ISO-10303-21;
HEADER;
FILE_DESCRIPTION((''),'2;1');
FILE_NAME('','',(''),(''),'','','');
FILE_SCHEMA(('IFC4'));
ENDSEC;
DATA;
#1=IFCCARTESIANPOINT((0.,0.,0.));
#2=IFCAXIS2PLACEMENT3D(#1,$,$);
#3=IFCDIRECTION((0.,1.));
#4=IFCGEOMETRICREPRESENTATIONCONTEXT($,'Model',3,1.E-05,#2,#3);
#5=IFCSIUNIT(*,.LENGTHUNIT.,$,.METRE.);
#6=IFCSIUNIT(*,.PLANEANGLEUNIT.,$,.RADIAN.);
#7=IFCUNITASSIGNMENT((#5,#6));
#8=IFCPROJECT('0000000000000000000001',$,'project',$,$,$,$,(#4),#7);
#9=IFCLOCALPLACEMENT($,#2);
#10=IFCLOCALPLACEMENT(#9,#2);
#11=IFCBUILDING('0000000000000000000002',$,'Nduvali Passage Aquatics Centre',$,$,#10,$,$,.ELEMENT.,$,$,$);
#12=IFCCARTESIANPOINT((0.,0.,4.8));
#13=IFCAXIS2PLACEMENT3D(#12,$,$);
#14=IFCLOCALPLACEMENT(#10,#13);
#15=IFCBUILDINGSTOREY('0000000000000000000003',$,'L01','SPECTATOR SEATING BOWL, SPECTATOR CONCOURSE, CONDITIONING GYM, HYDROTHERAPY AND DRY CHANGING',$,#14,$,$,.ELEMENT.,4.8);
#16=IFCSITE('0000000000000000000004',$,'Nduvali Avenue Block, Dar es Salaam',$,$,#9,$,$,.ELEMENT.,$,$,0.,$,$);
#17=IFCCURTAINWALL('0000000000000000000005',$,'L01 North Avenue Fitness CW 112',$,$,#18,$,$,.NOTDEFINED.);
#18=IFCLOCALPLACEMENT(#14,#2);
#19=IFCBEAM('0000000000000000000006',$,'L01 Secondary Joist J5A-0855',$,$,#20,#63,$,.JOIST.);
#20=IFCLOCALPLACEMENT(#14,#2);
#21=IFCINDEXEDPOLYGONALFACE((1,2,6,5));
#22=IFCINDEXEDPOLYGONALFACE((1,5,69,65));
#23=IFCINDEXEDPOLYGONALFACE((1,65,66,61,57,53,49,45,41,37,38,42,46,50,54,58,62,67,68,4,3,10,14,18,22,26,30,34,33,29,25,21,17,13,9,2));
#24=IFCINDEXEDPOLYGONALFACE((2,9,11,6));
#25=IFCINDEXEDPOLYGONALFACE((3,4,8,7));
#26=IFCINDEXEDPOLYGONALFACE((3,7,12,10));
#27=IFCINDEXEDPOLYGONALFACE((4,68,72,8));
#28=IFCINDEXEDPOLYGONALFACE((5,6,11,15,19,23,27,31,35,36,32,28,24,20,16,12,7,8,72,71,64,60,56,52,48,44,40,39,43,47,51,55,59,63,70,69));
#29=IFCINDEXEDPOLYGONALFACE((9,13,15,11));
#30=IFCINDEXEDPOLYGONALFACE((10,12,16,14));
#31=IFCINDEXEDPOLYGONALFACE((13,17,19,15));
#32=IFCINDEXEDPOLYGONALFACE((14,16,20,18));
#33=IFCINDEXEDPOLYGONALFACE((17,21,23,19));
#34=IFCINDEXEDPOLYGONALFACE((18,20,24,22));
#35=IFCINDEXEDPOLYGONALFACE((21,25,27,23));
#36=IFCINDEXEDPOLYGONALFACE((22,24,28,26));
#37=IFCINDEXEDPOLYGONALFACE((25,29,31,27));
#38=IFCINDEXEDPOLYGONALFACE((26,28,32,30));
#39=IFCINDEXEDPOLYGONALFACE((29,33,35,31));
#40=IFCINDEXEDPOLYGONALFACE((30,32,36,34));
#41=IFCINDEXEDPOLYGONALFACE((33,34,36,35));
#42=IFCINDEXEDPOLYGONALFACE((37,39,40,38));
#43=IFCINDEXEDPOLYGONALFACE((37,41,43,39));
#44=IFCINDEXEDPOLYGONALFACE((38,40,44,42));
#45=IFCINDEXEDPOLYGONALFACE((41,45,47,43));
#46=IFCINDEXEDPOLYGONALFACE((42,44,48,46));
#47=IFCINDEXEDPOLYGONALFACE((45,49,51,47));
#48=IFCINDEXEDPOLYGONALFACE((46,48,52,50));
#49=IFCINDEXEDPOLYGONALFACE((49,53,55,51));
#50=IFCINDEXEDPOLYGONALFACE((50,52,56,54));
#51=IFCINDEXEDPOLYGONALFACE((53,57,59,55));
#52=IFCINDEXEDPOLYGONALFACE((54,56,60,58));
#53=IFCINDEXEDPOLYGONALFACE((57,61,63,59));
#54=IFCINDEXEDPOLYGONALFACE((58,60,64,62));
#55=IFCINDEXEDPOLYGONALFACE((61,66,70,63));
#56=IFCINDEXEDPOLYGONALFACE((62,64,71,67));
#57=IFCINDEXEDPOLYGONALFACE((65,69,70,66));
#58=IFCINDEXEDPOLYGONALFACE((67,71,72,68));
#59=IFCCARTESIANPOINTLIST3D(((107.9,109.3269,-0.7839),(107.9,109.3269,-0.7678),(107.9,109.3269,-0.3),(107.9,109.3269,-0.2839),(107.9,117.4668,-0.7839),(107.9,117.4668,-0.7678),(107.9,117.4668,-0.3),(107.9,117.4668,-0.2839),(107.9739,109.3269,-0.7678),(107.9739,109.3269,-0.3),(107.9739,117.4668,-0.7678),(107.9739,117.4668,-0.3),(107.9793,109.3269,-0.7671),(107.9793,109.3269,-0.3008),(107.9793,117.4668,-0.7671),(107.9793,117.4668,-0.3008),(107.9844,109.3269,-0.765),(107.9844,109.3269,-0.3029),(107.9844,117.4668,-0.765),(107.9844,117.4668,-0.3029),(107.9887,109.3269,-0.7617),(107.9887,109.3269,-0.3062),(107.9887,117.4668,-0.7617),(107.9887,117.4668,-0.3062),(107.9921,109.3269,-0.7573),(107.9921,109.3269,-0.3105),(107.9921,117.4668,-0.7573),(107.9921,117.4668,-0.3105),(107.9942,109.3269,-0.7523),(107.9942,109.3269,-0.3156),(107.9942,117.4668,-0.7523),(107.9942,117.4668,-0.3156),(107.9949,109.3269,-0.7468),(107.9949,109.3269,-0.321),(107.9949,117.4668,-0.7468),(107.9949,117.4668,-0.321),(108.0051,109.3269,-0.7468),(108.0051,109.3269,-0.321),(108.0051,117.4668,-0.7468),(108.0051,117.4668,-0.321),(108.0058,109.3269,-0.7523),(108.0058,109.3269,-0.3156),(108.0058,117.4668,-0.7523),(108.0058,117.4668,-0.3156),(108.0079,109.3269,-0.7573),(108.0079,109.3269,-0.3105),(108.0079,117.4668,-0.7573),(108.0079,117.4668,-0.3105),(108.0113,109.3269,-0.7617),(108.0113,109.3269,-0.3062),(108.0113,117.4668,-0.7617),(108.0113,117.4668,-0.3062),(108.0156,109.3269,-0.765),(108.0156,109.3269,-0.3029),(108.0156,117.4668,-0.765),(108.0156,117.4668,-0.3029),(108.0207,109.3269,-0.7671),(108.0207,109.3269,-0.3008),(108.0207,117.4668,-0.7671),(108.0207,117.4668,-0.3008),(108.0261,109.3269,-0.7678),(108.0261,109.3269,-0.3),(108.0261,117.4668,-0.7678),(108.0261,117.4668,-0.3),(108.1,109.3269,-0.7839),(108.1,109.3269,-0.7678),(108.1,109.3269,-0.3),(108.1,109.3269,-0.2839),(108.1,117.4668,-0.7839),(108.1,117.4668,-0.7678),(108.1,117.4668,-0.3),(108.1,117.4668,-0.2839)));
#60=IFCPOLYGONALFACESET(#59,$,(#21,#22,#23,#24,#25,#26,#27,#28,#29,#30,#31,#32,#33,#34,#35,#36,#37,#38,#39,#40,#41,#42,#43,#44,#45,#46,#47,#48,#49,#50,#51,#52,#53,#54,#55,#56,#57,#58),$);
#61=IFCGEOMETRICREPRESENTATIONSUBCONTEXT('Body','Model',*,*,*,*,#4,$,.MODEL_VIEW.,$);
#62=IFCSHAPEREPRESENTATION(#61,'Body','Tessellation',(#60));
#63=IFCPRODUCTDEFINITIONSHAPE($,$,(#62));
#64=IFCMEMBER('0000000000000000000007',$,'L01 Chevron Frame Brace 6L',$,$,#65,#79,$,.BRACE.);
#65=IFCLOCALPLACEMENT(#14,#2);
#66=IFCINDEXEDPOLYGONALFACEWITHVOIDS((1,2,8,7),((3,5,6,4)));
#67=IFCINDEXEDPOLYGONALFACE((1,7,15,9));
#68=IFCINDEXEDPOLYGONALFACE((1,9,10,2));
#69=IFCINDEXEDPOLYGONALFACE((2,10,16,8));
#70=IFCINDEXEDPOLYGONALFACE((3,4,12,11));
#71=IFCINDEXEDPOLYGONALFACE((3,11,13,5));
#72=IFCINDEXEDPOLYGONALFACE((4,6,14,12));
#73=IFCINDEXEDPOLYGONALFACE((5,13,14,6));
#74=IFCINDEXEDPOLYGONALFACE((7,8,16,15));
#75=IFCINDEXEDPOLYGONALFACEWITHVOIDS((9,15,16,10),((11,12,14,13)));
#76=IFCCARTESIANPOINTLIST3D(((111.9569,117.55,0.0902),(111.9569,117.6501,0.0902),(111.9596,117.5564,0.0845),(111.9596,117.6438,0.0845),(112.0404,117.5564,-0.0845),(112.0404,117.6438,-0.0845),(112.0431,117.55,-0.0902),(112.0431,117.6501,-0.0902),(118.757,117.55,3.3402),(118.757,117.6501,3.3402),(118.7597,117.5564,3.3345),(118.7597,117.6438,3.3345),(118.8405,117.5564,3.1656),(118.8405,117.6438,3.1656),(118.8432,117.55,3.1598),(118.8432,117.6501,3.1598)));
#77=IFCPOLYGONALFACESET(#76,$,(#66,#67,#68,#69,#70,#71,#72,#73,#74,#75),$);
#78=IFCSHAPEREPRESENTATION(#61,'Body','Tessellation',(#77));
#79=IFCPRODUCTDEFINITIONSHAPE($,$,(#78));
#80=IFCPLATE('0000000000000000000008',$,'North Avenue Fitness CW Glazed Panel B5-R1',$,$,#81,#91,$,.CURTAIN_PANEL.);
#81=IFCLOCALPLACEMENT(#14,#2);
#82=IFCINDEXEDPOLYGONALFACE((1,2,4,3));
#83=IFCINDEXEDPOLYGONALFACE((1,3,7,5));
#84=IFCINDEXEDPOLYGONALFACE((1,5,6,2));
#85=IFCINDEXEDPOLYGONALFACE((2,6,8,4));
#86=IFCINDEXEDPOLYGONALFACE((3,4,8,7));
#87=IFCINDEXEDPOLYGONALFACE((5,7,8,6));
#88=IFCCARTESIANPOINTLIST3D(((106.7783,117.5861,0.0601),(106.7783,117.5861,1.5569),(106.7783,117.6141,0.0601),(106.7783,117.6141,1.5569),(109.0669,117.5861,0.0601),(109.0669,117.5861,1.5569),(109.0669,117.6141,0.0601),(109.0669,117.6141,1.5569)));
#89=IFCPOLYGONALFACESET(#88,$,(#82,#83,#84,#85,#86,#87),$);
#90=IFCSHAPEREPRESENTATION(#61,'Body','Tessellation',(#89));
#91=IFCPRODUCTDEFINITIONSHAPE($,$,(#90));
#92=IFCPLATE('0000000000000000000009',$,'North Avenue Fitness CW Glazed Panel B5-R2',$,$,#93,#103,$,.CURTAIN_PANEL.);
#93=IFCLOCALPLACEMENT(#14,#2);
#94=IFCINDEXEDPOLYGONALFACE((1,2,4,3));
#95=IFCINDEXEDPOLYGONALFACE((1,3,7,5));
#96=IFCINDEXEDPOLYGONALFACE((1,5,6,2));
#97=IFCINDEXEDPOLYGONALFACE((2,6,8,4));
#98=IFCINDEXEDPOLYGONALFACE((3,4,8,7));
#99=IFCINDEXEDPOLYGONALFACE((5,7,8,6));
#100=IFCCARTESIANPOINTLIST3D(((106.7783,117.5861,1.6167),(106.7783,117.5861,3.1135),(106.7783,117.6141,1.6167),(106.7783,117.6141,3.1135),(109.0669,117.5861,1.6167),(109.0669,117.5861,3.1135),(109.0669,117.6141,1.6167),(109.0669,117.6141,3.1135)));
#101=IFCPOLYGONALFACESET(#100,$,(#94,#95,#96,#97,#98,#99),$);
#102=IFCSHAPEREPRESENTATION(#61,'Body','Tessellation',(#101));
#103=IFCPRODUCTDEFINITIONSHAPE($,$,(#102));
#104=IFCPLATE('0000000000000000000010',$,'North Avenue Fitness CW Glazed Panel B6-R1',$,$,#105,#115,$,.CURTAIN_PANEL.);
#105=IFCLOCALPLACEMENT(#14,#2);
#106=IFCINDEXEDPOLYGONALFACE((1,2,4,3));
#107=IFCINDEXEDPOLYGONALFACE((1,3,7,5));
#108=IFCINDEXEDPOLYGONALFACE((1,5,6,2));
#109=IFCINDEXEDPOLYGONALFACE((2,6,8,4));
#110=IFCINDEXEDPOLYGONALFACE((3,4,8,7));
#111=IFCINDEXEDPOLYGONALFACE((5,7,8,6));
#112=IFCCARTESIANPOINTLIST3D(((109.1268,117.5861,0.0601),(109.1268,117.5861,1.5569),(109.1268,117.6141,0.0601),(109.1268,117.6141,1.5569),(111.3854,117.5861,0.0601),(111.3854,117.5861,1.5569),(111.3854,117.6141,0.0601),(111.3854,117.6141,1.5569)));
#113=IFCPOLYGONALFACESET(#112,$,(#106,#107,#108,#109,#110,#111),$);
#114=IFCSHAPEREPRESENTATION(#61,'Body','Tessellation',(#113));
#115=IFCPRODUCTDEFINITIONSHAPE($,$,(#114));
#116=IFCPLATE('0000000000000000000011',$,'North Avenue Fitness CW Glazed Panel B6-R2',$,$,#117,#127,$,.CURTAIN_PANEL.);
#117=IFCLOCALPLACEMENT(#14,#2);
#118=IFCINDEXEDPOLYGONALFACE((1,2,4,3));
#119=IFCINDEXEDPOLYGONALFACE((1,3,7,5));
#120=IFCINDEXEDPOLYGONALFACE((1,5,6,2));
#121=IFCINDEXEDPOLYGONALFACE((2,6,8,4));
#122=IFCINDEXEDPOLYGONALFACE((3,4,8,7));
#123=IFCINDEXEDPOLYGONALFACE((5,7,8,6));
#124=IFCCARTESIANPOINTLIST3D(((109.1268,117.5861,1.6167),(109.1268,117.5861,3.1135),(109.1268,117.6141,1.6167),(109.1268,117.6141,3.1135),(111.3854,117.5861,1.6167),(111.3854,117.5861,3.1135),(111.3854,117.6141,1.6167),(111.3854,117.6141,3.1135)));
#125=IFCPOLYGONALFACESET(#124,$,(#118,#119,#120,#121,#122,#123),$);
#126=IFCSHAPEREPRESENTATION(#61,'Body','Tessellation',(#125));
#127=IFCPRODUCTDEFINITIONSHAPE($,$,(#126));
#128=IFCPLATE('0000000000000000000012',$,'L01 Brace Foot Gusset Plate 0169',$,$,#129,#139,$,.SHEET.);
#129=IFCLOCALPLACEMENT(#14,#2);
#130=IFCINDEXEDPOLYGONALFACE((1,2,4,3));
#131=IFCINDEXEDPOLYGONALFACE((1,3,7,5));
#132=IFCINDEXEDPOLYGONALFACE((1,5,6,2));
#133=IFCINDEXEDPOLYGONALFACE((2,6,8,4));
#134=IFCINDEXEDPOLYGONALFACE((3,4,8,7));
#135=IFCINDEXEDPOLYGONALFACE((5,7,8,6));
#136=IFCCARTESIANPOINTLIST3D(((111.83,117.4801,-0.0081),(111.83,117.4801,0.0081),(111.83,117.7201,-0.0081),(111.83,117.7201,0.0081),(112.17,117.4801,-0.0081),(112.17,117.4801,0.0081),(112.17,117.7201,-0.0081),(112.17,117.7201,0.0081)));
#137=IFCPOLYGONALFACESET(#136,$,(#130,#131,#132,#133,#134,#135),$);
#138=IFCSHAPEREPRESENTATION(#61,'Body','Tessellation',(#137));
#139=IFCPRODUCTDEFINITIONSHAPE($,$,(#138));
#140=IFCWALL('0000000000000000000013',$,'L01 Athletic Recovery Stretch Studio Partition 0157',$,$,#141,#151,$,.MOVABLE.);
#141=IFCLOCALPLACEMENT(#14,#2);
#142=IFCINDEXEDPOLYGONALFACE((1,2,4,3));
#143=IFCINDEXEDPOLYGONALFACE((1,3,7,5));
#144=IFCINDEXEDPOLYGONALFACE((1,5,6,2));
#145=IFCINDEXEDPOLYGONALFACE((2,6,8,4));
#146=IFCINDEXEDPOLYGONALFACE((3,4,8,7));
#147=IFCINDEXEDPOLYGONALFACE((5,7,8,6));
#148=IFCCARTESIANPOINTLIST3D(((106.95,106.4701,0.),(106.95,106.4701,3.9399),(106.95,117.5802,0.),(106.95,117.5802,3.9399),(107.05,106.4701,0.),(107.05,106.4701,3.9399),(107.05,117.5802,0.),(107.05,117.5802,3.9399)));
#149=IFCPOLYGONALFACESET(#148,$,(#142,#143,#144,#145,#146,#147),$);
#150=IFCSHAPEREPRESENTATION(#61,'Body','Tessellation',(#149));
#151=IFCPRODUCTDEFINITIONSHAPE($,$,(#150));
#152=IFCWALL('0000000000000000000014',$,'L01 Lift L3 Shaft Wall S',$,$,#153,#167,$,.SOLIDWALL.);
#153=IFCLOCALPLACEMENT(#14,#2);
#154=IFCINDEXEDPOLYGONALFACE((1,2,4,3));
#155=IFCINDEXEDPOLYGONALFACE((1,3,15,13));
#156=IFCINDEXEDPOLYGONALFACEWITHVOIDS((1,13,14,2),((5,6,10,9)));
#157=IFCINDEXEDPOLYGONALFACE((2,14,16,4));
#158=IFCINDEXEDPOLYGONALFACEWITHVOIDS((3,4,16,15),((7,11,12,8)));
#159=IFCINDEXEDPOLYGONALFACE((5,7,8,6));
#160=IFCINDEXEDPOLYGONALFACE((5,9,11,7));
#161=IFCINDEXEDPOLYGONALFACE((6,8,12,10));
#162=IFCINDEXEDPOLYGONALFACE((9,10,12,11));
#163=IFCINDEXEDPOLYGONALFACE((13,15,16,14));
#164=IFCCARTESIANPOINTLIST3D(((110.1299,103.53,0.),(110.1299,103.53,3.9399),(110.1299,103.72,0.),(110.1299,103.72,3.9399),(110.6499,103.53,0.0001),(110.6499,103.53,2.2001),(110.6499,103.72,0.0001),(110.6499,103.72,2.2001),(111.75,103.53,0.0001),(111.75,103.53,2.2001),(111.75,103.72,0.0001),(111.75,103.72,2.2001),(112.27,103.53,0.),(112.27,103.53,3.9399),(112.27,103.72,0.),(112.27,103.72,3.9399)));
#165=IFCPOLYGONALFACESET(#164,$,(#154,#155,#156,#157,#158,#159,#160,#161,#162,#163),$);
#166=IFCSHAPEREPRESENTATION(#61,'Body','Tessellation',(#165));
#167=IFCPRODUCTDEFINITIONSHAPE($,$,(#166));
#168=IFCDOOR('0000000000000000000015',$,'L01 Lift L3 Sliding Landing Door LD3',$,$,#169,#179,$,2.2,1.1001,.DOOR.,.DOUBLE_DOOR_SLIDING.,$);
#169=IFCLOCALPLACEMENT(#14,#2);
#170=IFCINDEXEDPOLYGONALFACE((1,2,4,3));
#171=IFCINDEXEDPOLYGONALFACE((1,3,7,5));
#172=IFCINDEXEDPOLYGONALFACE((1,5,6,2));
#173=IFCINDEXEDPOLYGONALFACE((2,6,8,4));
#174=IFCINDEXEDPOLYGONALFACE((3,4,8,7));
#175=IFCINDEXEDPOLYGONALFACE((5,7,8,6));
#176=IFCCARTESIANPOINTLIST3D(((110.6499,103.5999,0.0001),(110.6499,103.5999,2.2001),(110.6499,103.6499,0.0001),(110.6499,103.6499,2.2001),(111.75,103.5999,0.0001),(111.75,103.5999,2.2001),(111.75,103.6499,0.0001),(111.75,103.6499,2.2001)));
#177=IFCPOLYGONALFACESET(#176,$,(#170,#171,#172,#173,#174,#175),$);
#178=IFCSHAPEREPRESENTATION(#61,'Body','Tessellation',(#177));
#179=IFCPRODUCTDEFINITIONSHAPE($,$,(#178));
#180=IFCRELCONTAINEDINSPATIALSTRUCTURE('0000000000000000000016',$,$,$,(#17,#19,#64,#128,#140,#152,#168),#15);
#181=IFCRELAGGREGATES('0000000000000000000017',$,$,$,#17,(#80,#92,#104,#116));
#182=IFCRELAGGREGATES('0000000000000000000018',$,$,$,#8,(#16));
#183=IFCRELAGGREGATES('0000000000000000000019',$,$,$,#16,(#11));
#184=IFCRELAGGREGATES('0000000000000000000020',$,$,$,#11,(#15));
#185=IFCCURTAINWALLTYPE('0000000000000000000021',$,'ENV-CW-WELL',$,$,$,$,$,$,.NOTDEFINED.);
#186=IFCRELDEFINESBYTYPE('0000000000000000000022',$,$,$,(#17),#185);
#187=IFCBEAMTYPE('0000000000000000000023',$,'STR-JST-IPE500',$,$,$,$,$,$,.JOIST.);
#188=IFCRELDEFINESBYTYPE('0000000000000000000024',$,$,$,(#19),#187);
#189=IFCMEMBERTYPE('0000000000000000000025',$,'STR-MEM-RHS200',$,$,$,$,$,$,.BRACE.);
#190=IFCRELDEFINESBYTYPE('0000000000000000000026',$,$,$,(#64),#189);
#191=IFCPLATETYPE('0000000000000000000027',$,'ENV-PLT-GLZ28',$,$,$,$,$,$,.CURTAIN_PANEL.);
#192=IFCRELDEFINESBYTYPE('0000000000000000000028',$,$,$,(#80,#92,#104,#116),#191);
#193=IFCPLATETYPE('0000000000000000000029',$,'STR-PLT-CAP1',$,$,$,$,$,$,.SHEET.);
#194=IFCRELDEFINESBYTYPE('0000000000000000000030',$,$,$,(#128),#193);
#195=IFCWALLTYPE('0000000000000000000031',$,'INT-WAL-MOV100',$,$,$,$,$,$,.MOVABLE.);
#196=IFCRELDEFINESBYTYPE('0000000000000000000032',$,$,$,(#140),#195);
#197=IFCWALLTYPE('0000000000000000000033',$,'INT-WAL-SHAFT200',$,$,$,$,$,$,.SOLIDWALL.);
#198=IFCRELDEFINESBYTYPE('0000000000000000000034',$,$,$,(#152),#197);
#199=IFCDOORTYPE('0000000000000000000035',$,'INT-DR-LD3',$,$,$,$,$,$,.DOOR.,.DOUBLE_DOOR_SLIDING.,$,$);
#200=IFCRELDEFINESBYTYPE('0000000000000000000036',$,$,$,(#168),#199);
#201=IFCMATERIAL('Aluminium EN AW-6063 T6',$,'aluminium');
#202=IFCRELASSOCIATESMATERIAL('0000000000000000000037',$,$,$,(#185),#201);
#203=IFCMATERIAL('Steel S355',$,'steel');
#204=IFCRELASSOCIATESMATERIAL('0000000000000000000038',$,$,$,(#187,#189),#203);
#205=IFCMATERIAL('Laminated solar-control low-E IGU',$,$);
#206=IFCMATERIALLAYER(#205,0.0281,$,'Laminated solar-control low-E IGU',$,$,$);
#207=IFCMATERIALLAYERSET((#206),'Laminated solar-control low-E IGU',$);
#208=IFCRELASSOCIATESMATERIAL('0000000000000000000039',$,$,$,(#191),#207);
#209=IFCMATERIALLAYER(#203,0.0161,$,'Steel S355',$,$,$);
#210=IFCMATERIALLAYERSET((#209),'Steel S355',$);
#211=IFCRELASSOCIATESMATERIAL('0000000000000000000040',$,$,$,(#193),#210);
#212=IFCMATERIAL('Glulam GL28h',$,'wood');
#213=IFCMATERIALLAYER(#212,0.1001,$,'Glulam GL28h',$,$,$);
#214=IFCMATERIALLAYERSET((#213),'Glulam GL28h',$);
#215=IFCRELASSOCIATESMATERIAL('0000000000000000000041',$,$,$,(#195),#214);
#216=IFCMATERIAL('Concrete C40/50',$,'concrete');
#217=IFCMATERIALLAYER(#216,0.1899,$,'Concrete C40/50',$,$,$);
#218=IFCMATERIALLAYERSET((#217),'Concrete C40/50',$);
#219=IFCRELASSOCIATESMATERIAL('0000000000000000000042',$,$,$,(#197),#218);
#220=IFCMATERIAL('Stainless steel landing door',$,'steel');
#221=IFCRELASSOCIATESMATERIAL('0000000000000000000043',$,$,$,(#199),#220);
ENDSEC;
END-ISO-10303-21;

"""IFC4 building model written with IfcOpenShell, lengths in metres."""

from ifc_helpers import new_model, si_unit, direction, frame, frame_2d, origin, origin_2d, place, context, subcontext, project, spatial, rectangle, hollow_rectangle, i_section, extrude, material, layer, layer_set, material_profile, profile_set, type_object, element, fill, aggregate, save


model = new_model("IFC4")

# Units and contexts
model_context = context("Model", 3, precision=1e-05, world=origin(), true_north=direction((0.0, 1.0)))
body_context = subcontext(model_context, "Body", "Model", "MODEL_VIEW")
ifc_project = project(units=[si_unit("LENGTHUNIT", "METRE"), si_unit("PLANEANGLEUNIT", "RADIAN")], contexts=[model_context])

# Site, building, storey
site_placement = place(None, origin())
site = spatial("IfcSite", under=ifc_project, at=site_placement, Name="Nduvali Avenue Block, Dar es Salaam", CompositionType="ELEMENT", RefElevation=0.0)
building_placement = place(site_placement, origin())
building = spatial("IfcBuilding", under=site, at=building_placement, Name="Nduvali Passage Aquatics Centre", CompositionType="ELEMENT")
storey_placement = place(building_placement, frame((0.0, 0.0, 4.8)))
storey = spatial("IfcBuildingStorey", under=building, at=storey_placement, Name="L01", Description="SPECTATOR SEATING BOWL, SPECTATOR CONCOURSE, CONDITIONING GYM, HYDROTHERAPY AND DRY CHANGING", CompositionType="ELEMENT", Elevation=4.8)

# Shared definitions
ifc_material_1 = material(Name="Steel S355", Category="steel")

# Curtain wall
ifc_material_2 = material(Name="Aluminium EN AW-6063 T6", Category="aluminium")
curtain_wall_type = type_object("IfcCurtainWallType", Name="ENV-CW-WELL", PredefinedType="NOTDEFINED", material=ifc_material_2)
curtain_wall_placement = place(storey_placement, origin())
curtain_wall = element("IfcCurtainWall", 1, at=curtain_wall_placement, inside=storey, type_object=curtain_wall_type, Name="L01 North Avenue Fitness CW 112", PredefinedType="NOTDEFINED")

# Beam
ifc_material_profile_1 = material_profile(ifc_material_1, i_section(OverallWidth=0.2, OverallDepth=0.5, WebThickness=0.0103, FlangeThickness=0.0161, FilletRadius=0.021, at=origin_2d()), Name="IPE 500")
ifc_profile_set_1 = profile_set([ifc_material_profile_1], Name="Steel S355")
beam_type_1 = type_object("IfcBeamType", Name="STR-JST-IPE500", PredefinedType="JOIST", material=ifc_profile_set_1)
beam_1_placement = place(storey_placement, frame((108.0, 109.3269, -0.5339), z_axis=(0.0, 1.0, 0.0), x_axis=(-1.0, 0.0, 0.0)))
element("IfcBeam", 2, at=beam_1_placement, inside=storey, type_object=beam_type_1, Name="L01 Secondary Joist J5A-0855", PredefinedType="JOIST", context=body_context, shape_type="SweptSolid", body=[
    extrude(i_section(OverallWidth=0.2, OverallDepth=0.5, WebThickness=0.0103, FlangeThickness=0.0161, FilletRadius=0.021, at=origin_2d()), origin(), (0.0, 0.0, 1.0), 8.1399),
])

# Member
ifc_material_profile_2 = material_profile(ifc_material_1, hollow_rectangle(XDim=0.1001, YDim=0.2, WallThickness=0.0063, at=origin_2d()), Name="RHS 200x100x6.3")
ifc_profile_set_2 = profile_set([ifc_material_profile_2], Name="Steel S355")
member_type_1 = type_object("IfcMemberType", Name="STR-MEM-RHS200", PredefinedType="BRACE", material=ifc_profile_set_2)
member_1_placement = place(storey_placement, frame((112.0, 117.6001, 0.0), z_axis=(0.902248, 0.0, 0.431218), x_axis=(0.0, 1.0, 0.0)))
element("IfcMember", 3, at=member_1_placement, inside=storey, type_object=member_type_1, Name="L01 Chevron Frame Brace 6L", PredefinedType="BRACE", context=body_context, shape_type="SweptSolid", body=[
    extrude(hollow_rectangle(XDim=0.1001, YDim=0.2, WallThickness=0.0063, at=origin_2d()), origin(), (0.0, 0.0, 1.0), 7.5369),
])

# Plates
ifc_material_3 = material(Name="Laminated solar-control low-E IGU")
ifc_layer_1 = layer(ifc_material_3, 0.0281, Name="Laminated solar-control low-E IGU")
ifc_layer_set_1 = layer_set([ifc_layer_1], Name="Laminated solar-control low-E IGU")
plate_type_1 = type_object("IfcPlateType", Name="ENV-PLT-GLZ28", PredefinedType="CURTAIN_PANEL", material=ifc_layer_set_1)
plate_1_placement = place(storey_placement, frame((107.9226, 117.6001, 0.0601), z_axis=(0.0, 0.0, 1.0), x_axis=(1.0, 0.0, 0.0)))
plate_1 = element("IfcPlate", 4, at=plate_1_placement, type_object=plate_type_1, Name="North Avenue Fitness CW Glazed Panel B5-R1", PredefinedType="CURTAIN_PANEL", context=body_context, shape_type="SweptSolid", body=[
    extrude(rectangle(XDim=2.2886, YDim=0.0281, at=origin_2d()), origin(), (0.0, 0.0, 1.0), 1.4968),
])
plate_2_placement = place(storey_placement, frame((107.9226, 117.6001, 1.6167), z_axis=(0.0, 0.0, 1.0), x_axis=(1.0, 0.0, 0.0)))
plate_2 = element("IfcPlate", 5, at=plate_2_placement, type_object=plate_type_1, Name="North Avenue Fitness CW Glazed Panel B5-R2", PredefinedType="CURTAIN_PANEL", context=body_context, shape_type="SweptSolid", body=[
    extrude(rectangle(XDim=2.2886, YDim=0.0281, at=origin_2d()), origin(), (0.0, 0.0, 1.0), 1.4968),
])
plate_3_placement = place(storey_placement, frame((110.2561, 117.6001, 0.0601), z_axis=(0.0, 0.0, 1.0), x_axis=(1.0, 0.0, 0.0)))
plate_3 = element("IfcPlate", 6, at=plate_3_placement, type_object=plate_type_1, Name="North Avenue Fitness CW Glazed Panel B6-R1", PredefinedType="CURTAIN_PANEL", context=body_context, shape_type="SweptSolid", body=[
    extrude(rectangle(XDim=2.2585, YDim=0.0281, at=origin_2d()), origin(), (0.0, 0.0, 1.0), 1.4968),
])
plate_4_placement = place(storey_placement, frame((110.2561, 117.6001, 1.6167), z_axis=(0.0, 0.0, 1.0), x_axis=(1.0, 0.0, 0.0)))
plate_4 = element("IfcPlate", 7, at=plate_4_placement, type_object=plate_type_1, Name="North Avenue Fitness CW Glazed Panel B6-R2", PredefinedType="CURTAIN_PANEL", context=body_context, shape_type="SweptSolid", body=[
    extrude(rectangle(XDim=2.2585, YDim=0.0281, at=origin_2d()), origin(), (0.0, 0.0, 1.0), 1.4968),
])
aggregate(curtain_wall, [plate_1, plate_2, plate_3, plate_4])
ifc_layer_2 = layer(ifc_material_1, 0.0161, Name="Steel S355")
ifc_layer_set_2 = layer_set([ifc_layer_2], Name="Steel S355")
plate_type_2 = type_object("IfcPlateType", Name="STR-PLT-CAP1", PredefinedType="SHEET", material=ifc_layer_set_2)
plate_5_placement = place(storey_placement, frame((112.0, 117.6001, -0.0081), z_axis=(0.0, 0.0, 1.0), x_axis=(1.0, 0.0, 0.0)))
element("IfcPlate", 8, at=plate_5_placement, inside=storey, type_object=plate_type_2, Name="L01 Brace Foot Gusset Plate 0169", PredefinedType="SHEET", context=body_context, shape_type="SweptSolid", body=[
    extrude(rectangle(XDim=0.3401, YDim=0.24, at=origin_2d()), origin(), (0.0, 0.0, 1.0), 0.0161),
])

# Wall
ifc_material_4 = material(Name="Glulam GL28h", Category="wood")
ifc_layer_3 = layer(ifc_material_4, 0.1001, Name="Glulam GL28h")
ifc_layer_set_3 = layer_set([ifc_layer_3], Name="Glulam GL28h")
wall_type_1 = type_object("IfcWallType", Name="INT-WAL-MOV100", PredefinedType="MOVABLE", material=ifc_layer_set_3)
wall_1_placement = place(storey_placement, frame((107.0, 106.47, 0.0), z_axis=(0.0, 0.0, 1.0), x_axis=(0.0, 1.0, 0.0)))
element("IfcWall", 9, at=wall_1_placement, inside=storey, type_object=wall_type_1, Name="L01 Athletic Recovery Stretch Studio Partition 0157", PredefinedType="MOVABLE", context=body_context, shape_type="SweptSolid", body=[
    extrude(rectangle(XDim=11.1101, YDim=0.1001, at=frame_2d((5.5552, 0.0))), origin(), (0.0, 0.0, 1.0), 3.9399),
])

# Wall, opening, door
ifc_material_5 = material(Name="Concrete C40/50", Category="concrete")
ifc_layer_4 = layer(ifc_material_5, 0.1899, Name="Concrete C40/50")
ifc_layer_set_4 = layer_set([ifc_layer_4], Name="Concrete C40/50")
wall_type_2 = type_object("IfcWallType", Name="INT-WAL-SHAFT200", PredefinedType="SOLIDWALL", material=ifc_layer_set_4)
wall_2_placement = place(storey_placement, frame((110.1299, 103.625, 0.0), z_axis=(0.0, 0.0, 1.0), x_axis=(1.0, 0.0, 0.0)))
wall_2 = element("IfcWall", 10, at=wall_2_placement, inside=storey, type_object=wall_type_2, Name="L01 Lift L3 Shaft Wall S", PredefinedType="SOLIDWALL", context=body_context, shape_type="SweptSolid", body=[
    extrude(rectangle(XDim=2.1401, YDim=0.1899, at=frame_2d((1.0701, 0.0))), origin(), (0.0, 0.0, 1.0), 3.9399),
])
opening_placement = place(wall_2_placement, frame((0.52, 0.0, 0.0)))
opening = element("IfcOpeningElement", 11, at=opening_placement, cuts=wall_2, PredefinedType="OPENING", context=body_context, shape_type="SweptSolid", body=[
    extrude(rectangle(XDim=1.1001, YDim=2.2, at=frame_2d((0.55, 1.1001))), frame((0.0, 0.1099, 0.0), z_axis=(0.0, -1.0, 0.0), x_axis=(1.0, 0.0, 0.0)), (0.0, 0.0, 1.0), 0.2197),
])
ifc_material_6 = material(Name="Stainless steel landing door", Category="steel")
door_type = type_object("IfcDoorType", Name="INT-DR-LD3", OperationType="DOUBLE_DOOR_SLIDING", PredefinedType="DOOR", material=ifc_material_6)
door_placement = place(opening_placement, origin())
door = element("IfcDoor", 12, at=door_placement, inside=storey, type_object=door_type, Name="L01 Lift L3 Sliding Landing Door LD3", OperationType="DOUBLE_DOOR_SLIDING", OverallHeight=2.2, OverallWidth=1.1001, PredefinedType="DOOR", context=body_context, shape_type="SweptSolid", body=[
    extrude(rectangle(XDim=1.1001, YDim=2.2, at=frame_2d((0.55, 1.1001))), frame((0.0, 0.0249, 0.0), z_axis=(0.0, -1.0, 0.0), x_axis=(1.0, 0.0, 0.0)), (0.0, 0.0, 1.0), 0.05),
])
fill(opening, door)

save(model, "model.ifc")
